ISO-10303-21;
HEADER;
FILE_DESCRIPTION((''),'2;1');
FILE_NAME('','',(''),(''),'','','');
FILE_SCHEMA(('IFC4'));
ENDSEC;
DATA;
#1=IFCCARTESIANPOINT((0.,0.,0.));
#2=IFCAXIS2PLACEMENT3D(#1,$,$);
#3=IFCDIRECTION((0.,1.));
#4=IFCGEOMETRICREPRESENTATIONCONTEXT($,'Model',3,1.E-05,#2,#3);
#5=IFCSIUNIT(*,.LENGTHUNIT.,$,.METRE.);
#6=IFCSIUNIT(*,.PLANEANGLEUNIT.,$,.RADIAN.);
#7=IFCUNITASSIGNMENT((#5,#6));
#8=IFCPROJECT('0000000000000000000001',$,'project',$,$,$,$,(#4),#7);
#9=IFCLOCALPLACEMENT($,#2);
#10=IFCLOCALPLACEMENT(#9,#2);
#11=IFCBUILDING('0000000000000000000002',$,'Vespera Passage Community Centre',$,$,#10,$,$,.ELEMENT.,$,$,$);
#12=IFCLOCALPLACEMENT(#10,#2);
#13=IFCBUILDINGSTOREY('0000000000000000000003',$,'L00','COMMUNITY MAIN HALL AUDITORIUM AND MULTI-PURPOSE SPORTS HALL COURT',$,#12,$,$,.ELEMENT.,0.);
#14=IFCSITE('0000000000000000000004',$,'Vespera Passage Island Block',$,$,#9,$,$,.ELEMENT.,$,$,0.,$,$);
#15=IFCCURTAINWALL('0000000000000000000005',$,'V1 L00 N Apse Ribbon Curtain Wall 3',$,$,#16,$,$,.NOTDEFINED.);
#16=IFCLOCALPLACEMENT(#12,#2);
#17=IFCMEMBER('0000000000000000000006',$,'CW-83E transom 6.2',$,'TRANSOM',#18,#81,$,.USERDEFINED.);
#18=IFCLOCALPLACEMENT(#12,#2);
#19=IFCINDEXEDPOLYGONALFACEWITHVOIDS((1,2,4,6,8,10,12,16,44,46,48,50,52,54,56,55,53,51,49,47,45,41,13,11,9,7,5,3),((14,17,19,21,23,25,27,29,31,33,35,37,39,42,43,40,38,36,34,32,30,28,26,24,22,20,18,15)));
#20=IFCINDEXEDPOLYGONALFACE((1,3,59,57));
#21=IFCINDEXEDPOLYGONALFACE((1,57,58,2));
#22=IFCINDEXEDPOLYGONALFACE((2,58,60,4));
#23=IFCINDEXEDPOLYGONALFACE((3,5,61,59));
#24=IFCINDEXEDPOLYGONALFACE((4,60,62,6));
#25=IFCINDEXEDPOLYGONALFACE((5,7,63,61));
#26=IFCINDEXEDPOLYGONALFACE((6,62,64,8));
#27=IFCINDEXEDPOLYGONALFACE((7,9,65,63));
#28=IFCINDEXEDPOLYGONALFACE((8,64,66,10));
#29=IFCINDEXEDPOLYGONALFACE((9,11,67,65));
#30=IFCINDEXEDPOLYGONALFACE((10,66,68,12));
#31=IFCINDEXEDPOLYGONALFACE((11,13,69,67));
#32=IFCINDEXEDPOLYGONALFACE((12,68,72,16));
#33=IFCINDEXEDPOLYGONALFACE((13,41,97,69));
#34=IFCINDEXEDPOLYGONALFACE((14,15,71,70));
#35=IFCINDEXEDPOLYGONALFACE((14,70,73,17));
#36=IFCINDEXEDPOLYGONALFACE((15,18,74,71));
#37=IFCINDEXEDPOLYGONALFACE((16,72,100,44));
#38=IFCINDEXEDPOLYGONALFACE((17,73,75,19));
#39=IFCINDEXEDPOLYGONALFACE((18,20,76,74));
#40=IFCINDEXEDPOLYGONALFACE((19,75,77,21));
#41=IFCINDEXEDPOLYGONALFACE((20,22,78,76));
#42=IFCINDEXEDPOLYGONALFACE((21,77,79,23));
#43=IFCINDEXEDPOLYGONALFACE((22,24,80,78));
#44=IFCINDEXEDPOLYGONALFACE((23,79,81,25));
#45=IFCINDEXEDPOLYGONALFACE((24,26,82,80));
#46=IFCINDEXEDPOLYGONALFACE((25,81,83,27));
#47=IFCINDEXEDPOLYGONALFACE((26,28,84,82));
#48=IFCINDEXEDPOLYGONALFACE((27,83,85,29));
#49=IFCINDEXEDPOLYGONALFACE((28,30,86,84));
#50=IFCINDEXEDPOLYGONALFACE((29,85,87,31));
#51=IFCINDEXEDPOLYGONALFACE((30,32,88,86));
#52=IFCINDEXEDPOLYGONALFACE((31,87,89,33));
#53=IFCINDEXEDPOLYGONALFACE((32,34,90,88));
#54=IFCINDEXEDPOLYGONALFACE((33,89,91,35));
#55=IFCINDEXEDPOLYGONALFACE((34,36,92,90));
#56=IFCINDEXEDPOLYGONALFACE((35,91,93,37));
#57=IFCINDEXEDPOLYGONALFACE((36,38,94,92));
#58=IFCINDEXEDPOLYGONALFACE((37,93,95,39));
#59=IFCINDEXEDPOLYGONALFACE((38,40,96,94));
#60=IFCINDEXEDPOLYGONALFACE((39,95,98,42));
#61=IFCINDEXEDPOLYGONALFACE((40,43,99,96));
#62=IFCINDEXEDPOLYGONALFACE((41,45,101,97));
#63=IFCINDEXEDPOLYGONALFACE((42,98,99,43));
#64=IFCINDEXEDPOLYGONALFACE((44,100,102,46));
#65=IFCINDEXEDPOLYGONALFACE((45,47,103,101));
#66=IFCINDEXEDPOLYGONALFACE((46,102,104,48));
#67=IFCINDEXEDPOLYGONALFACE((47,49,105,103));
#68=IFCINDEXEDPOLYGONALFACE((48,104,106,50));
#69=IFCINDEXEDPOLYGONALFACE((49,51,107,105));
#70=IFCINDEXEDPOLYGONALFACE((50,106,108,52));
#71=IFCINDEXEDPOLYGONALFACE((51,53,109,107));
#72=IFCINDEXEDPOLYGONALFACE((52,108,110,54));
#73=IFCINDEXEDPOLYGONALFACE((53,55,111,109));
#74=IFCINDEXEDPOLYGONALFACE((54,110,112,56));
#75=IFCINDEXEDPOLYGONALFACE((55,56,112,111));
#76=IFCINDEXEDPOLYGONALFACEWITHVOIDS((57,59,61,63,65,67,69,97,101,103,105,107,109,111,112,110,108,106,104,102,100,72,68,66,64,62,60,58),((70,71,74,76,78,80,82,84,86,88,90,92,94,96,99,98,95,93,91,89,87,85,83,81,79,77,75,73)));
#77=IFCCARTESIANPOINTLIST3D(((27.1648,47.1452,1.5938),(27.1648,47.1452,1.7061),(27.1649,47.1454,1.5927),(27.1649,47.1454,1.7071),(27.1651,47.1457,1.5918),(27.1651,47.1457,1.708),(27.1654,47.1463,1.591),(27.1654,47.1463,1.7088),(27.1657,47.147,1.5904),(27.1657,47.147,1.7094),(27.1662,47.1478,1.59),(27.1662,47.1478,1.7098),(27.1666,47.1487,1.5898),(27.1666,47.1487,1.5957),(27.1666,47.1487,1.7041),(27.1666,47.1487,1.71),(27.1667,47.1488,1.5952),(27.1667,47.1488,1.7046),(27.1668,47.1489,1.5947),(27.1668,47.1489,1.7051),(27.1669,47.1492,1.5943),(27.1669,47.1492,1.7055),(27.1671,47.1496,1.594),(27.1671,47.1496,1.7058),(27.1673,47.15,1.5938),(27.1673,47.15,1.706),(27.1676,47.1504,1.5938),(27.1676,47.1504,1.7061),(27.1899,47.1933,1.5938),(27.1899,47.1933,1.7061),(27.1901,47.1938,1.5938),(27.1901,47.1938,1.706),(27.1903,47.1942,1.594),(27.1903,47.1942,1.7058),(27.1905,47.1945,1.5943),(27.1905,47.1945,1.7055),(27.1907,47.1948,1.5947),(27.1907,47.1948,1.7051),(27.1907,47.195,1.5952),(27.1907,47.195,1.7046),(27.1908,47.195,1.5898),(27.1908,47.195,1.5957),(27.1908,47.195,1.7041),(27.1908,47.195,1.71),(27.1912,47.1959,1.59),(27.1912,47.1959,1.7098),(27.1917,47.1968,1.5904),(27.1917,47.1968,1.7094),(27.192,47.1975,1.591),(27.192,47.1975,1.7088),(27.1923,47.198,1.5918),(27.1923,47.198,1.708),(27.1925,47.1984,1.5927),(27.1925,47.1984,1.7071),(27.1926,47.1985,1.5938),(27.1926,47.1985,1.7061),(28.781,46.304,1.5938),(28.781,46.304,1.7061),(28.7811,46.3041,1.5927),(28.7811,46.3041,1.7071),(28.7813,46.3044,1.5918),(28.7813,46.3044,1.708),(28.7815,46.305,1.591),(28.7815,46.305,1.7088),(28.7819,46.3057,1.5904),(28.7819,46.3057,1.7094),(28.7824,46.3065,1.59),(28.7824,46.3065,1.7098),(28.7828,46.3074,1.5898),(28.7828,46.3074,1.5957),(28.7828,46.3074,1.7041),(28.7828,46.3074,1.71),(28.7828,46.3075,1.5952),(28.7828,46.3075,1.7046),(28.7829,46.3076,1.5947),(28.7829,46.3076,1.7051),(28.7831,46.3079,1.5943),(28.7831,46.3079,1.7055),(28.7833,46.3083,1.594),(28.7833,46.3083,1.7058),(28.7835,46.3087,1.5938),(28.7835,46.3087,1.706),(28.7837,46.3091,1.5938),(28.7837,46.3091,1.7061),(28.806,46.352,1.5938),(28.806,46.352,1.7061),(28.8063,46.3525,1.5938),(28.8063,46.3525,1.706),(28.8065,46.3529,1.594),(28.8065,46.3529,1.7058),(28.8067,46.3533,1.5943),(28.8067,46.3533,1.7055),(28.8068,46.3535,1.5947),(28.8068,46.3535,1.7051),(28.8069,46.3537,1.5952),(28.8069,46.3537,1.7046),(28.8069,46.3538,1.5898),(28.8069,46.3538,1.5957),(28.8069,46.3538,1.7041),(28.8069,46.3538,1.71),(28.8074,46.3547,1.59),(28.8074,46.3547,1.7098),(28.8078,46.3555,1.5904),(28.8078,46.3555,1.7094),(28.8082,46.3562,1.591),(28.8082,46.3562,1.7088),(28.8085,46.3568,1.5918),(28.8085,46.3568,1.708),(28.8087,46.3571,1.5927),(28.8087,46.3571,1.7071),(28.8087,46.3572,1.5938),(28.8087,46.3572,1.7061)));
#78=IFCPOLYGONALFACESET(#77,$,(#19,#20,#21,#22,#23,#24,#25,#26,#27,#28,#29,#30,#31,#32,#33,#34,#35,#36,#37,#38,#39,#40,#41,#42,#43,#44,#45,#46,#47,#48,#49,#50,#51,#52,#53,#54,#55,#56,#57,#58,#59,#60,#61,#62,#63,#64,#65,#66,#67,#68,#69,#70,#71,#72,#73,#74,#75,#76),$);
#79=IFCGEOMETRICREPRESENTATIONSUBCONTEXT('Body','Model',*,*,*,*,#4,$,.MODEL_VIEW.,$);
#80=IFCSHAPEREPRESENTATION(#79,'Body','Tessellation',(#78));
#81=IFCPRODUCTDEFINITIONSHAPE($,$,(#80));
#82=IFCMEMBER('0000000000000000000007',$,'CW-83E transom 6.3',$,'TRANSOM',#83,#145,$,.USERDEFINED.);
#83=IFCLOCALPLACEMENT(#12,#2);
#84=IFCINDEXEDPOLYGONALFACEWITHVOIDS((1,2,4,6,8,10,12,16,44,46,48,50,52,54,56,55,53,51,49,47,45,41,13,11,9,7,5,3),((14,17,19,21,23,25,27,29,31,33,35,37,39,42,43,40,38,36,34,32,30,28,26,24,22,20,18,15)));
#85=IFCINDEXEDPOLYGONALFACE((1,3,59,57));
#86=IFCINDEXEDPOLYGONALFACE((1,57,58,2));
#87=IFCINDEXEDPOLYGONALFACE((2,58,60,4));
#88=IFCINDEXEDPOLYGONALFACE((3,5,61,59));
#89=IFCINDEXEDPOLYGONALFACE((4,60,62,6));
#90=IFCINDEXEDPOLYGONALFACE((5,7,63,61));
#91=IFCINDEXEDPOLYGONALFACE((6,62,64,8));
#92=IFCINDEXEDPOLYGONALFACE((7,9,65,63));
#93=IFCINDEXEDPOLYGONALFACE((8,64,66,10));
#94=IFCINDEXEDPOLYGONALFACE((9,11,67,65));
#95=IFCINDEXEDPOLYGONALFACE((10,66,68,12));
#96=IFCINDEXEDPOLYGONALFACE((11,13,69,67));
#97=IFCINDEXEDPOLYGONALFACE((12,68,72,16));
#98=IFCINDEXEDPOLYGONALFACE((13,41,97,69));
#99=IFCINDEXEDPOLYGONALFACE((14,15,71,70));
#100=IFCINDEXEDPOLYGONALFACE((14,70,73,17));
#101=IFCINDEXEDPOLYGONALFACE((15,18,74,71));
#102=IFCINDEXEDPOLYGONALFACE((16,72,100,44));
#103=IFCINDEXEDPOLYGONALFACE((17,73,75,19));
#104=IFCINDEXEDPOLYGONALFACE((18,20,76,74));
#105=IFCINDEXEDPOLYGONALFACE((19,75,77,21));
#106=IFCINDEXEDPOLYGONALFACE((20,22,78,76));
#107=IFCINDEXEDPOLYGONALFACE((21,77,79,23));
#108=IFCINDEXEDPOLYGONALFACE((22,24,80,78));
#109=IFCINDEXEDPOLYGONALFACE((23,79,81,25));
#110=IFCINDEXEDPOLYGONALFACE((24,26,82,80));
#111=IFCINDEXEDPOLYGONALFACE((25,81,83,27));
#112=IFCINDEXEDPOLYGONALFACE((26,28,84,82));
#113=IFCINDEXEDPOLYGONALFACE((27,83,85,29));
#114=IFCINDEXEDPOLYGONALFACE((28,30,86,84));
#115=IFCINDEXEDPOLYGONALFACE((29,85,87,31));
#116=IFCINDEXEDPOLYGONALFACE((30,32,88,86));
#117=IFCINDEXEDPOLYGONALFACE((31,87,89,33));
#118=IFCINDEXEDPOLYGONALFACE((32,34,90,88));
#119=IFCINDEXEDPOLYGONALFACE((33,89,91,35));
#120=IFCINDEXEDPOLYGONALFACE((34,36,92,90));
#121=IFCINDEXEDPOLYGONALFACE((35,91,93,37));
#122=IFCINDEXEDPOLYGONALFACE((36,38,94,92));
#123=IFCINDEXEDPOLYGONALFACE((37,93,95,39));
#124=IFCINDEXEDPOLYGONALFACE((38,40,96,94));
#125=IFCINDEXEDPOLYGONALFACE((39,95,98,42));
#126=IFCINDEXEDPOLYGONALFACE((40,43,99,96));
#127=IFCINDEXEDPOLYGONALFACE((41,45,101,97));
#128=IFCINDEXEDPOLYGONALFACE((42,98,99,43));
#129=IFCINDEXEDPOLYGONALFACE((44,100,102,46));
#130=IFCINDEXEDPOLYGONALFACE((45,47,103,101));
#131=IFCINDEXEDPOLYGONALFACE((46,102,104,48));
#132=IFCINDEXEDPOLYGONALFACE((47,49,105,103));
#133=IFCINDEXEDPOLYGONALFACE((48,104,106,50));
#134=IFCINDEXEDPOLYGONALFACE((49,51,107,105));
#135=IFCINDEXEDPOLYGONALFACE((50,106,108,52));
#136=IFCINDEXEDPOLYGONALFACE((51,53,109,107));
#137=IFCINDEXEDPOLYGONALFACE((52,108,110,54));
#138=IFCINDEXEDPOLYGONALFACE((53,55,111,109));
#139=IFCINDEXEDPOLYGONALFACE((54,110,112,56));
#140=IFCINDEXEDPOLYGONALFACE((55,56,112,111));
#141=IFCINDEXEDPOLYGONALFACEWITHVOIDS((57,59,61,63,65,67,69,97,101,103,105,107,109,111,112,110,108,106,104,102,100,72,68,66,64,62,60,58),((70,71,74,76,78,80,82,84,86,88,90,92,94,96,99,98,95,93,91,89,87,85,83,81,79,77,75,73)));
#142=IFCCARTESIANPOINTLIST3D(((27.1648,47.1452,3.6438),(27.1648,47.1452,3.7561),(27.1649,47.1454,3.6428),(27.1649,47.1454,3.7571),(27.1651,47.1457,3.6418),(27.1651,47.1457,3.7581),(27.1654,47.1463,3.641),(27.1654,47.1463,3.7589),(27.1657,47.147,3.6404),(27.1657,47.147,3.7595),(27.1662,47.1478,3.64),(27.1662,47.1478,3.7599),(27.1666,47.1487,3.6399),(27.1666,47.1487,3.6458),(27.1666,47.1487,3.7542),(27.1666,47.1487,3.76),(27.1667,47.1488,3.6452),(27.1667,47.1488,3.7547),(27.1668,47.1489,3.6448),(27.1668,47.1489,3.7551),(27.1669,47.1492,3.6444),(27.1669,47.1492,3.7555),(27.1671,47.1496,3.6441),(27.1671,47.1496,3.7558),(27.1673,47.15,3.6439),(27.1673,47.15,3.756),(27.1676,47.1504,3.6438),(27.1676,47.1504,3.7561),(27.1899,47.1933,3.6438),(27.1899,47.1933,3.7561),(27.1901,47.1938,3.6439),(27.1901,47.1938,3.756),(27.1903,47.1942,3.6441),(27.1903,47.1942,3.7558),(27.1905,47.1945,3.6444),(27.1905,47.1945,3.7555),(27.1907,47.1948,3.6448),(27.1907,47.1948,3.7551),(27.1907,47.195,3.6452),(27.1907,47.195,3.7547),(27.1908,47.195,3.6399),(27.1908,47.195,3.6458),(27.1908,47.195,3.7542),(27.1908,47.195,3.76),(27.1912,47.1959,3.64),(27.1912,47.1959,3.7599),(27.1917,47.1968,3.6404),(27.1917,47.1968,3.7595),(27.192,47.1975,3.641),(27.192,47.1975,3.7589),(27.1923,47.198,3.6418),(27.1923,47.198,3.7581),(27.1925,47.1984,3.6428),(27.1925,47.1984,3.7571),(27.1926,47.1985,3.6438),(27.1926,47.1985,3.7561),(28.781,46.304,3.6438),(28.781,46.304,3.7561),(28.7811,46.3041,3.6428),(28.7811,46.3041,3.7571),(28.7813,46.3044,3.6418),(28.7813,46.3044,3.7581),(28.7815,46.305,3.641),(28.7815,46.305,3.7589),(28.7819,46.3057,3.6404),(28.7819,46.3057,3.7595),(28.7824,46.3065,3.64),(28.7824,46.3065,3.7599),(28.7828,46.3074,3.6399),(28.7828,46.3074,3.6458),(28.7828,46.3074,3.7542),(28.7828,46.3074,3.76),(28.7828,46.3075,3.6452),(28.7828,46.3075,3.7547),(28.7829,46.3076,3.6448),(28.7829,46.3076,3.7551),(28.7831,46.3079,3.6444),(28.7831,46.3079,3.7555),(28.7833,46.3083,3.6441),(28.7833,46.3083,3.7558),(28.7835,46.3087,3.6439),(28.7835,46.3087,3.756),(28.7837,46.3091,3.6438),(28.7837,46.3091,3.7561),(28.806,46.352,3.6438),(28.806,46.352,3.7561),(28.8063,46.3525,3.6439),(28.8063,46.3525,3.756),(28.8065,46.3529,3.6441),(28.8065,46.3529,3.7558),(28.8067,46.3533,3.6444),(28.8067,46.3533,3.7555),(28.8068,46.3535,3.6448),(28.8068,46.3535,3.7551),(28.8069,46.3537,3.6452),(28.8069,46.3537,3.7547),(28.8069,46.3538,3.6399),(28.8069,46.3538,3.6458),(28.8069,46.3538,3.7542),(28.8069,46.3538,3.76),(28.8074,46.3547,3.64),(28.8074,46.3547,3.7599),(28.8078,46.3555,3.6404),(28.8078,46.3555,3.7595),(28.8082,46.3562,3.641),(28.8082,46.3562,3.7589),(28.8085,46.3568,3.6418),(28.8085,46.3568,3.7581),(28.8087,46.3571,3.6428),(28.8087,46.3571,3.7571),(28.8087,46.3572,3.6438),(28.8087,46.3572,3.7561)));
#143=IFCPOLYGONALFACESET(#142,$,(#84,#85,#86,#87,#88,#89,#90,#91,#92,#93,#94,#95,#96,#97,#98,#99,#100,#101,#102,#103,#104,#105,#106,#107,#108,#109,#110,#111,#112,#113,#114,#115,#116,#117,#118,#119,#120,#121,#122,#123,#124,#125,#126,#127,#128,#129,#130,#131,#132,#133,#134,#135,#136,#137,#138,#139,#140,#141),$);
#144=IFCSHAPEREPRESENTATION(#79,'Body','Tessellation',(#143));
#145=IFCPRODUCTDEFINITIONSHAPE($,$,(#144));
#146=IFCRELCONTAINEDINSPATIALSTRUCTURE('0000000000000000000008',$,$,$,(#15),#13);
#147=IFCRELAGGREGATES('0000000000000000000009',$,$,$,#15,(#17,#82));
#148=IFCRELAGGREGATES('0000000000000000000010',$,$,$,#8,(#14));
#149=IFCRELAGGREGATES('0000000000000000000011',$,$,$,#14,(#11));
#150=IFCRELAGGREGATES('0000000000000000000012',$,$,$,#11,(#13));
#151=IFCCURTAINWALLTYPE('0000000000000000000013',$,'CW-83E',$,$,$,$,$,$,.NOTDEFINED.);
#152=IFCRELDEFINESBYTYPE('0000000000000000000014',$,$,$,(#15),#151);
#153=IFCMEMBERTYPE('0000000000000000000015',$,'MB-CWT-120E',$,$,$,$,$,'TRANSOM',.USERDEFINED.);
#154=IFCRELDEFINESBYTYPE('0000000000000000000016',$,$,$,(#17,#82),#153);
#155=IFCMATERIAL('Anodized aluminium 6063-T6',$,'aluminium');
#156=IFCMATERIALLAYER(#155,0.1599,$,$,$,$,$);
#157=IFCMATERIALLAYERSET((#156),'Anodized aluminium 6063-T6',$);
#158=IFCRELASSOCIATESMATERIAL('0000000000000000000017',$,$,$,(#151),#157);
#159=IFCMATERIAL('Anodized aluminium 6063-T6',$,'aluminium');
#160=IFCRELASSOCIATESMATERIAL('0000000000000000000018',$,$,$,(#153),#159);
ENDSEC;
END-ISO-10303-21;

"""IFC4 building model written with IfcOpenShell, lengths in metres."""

from ifc_helpers import new_model, si_unit, direction, frame, origin, origin_2d, place, context, subcontext, project, spatial, hollow_rectangle, extrude, material, layer, layer_set, material_profile, profile_set, type_object, element, aggregate, save


model = new_model("IFC4")

# Units and contexts
model_context = context("Model", 3, precision=1e-05, world=origin(), true_north=direction((0.0, 1.0)))
body_context = subcontext(model_context, "Body", "Model", "MODEL_VIEW")
ifc_project = project(units=[si_unit("LENGTHUNIT", "METRE"), si_unit("PLANEANGLEUNIT", "RADIAN")], contexts=[model_context])

# Site, building, storey
site_placement = place(None, origin())
site = spatial("IfcSite", under=ifc_project, at=site_placement, Name="Vespera Passage Island Block", CompositionType="ELEMENT", RefElevation=0.0)
building_placement = place(site_placement, origin())
building = spatial("IfcBuilding", under=site, at=building_placement, Name="Vespera Passage Community Centre", CompositionType="ELEMENT")
storey_placement = place(building_placement, origin())
storey = spatial("IfcBuildingStorey", under=building, at=storey_placement, Name="L00", Description="COMMUNITY MAIN HALL AUDITORIUM AND MULTI-PURPOSE SPORTS HALL COURT", CompositionType="ELEMENT", Elevation=0.0)

# Curtain wall
ifc_material_1 = material(Name="Anodized aluminium 6063-T6", Category="aluminium")
ifc_layer_1 = layer(ifc_material_1, 0.1599)
ifc_layer_set_1 = layer_set([ifc_layer_1], Name="Anodized aluminium 6063-T6")
curtain_wall_type_1 = type_object("IfcCurtainWallType", Name="CW-83E", PredefinedType="NOTDEFINED", material=ifc_layer_set_1)
curtain_wall_1_placement = place(storey_placement, origin())
curtain_wall_1 = element("IfcCurtainWall", 1, at=curtain_wall_1_placement, inside=storey, type_object=curtain_wall_type_1, Name="V1 L00 N Apse Ribbon Curtain Wall 3", PredefinedType="NOTDEFINED")

# Members
ifc_material_2 = material(Name="Anodized aluminium 6063-T6", Category="aluminium")
ifc_material_profile_1 = material_profile(ifc_material_2, hollow_rectangle(XDim=0.0601, YDim=0.1201, WallThickness=0.0039, InnerFilletRadius=0.002, OuterFilletRadius=0.0039, at=origin_2d()), Name="ALU120X60X4")
ifc_profile_set_1 = profile_set([ifc_material_profile_1], Name="Anodized aluminium 6063-T6")
member_type_1 = type_object("IfcMemberType", Name="MB-CWT-120E", ElementType="TRANSOM", PredefinedType="USERDEFINED", material=ifc_profile_set_1)
member_1_placement = place(storey_placement, frame((27.1787, 47.1719, 1.6499), z_axis=(0.887019, -0.461732, 0.0), x_axis=(0.461732, 0.887019, 0.0)))
member_1 = element("IfcMember", 2, at=member_1_placement, type_object=member_type_1, Name="CW-83E transom 6.2", ObjectType="TRANSOM", PredefinedType="USERDEFINED", context=body_context, shape_type="SweptSolid", body=[
    extrude(hollow_rectangle(XDim=0.0601, YDim=0.1201, WallThickness=0.0039, InnerFilletRadius=0.002, OuterFilletRadius=0.0039, at=origin_2d()), origin(), (0.0, 0.0, 1.0), 1.822),
])
member_2_placement = place(storey_placement, frame((27.1787, 47.1719, 3.7), z_axis=(0.887019, -0.461732, 0.0), x_axis=(0.461732, 0.887019, 0.0)))
member_2 = element("IfcMember", 3, at=member_2_placement, type_object=member_type_1, Name="CW-83E transom 6.3", ObjectType="TRANSOM", PredefinedType="USERDEFINED", context=body_context, shape_type="SweptSolid", body=[
    extrude(hollow_rectangle(XDim=0.0601, YDim=0.1201, WallThickness=0.0039, InnerFilletRadius=0.002, OuterFilletRadius=0.0039, at=origin_2d()), origin(), (0.0, 0.0, 1.0), 1.822),
])

aggregate(curtain_wall_1, [member_1, member_2])

save(model, "model.ifc")
